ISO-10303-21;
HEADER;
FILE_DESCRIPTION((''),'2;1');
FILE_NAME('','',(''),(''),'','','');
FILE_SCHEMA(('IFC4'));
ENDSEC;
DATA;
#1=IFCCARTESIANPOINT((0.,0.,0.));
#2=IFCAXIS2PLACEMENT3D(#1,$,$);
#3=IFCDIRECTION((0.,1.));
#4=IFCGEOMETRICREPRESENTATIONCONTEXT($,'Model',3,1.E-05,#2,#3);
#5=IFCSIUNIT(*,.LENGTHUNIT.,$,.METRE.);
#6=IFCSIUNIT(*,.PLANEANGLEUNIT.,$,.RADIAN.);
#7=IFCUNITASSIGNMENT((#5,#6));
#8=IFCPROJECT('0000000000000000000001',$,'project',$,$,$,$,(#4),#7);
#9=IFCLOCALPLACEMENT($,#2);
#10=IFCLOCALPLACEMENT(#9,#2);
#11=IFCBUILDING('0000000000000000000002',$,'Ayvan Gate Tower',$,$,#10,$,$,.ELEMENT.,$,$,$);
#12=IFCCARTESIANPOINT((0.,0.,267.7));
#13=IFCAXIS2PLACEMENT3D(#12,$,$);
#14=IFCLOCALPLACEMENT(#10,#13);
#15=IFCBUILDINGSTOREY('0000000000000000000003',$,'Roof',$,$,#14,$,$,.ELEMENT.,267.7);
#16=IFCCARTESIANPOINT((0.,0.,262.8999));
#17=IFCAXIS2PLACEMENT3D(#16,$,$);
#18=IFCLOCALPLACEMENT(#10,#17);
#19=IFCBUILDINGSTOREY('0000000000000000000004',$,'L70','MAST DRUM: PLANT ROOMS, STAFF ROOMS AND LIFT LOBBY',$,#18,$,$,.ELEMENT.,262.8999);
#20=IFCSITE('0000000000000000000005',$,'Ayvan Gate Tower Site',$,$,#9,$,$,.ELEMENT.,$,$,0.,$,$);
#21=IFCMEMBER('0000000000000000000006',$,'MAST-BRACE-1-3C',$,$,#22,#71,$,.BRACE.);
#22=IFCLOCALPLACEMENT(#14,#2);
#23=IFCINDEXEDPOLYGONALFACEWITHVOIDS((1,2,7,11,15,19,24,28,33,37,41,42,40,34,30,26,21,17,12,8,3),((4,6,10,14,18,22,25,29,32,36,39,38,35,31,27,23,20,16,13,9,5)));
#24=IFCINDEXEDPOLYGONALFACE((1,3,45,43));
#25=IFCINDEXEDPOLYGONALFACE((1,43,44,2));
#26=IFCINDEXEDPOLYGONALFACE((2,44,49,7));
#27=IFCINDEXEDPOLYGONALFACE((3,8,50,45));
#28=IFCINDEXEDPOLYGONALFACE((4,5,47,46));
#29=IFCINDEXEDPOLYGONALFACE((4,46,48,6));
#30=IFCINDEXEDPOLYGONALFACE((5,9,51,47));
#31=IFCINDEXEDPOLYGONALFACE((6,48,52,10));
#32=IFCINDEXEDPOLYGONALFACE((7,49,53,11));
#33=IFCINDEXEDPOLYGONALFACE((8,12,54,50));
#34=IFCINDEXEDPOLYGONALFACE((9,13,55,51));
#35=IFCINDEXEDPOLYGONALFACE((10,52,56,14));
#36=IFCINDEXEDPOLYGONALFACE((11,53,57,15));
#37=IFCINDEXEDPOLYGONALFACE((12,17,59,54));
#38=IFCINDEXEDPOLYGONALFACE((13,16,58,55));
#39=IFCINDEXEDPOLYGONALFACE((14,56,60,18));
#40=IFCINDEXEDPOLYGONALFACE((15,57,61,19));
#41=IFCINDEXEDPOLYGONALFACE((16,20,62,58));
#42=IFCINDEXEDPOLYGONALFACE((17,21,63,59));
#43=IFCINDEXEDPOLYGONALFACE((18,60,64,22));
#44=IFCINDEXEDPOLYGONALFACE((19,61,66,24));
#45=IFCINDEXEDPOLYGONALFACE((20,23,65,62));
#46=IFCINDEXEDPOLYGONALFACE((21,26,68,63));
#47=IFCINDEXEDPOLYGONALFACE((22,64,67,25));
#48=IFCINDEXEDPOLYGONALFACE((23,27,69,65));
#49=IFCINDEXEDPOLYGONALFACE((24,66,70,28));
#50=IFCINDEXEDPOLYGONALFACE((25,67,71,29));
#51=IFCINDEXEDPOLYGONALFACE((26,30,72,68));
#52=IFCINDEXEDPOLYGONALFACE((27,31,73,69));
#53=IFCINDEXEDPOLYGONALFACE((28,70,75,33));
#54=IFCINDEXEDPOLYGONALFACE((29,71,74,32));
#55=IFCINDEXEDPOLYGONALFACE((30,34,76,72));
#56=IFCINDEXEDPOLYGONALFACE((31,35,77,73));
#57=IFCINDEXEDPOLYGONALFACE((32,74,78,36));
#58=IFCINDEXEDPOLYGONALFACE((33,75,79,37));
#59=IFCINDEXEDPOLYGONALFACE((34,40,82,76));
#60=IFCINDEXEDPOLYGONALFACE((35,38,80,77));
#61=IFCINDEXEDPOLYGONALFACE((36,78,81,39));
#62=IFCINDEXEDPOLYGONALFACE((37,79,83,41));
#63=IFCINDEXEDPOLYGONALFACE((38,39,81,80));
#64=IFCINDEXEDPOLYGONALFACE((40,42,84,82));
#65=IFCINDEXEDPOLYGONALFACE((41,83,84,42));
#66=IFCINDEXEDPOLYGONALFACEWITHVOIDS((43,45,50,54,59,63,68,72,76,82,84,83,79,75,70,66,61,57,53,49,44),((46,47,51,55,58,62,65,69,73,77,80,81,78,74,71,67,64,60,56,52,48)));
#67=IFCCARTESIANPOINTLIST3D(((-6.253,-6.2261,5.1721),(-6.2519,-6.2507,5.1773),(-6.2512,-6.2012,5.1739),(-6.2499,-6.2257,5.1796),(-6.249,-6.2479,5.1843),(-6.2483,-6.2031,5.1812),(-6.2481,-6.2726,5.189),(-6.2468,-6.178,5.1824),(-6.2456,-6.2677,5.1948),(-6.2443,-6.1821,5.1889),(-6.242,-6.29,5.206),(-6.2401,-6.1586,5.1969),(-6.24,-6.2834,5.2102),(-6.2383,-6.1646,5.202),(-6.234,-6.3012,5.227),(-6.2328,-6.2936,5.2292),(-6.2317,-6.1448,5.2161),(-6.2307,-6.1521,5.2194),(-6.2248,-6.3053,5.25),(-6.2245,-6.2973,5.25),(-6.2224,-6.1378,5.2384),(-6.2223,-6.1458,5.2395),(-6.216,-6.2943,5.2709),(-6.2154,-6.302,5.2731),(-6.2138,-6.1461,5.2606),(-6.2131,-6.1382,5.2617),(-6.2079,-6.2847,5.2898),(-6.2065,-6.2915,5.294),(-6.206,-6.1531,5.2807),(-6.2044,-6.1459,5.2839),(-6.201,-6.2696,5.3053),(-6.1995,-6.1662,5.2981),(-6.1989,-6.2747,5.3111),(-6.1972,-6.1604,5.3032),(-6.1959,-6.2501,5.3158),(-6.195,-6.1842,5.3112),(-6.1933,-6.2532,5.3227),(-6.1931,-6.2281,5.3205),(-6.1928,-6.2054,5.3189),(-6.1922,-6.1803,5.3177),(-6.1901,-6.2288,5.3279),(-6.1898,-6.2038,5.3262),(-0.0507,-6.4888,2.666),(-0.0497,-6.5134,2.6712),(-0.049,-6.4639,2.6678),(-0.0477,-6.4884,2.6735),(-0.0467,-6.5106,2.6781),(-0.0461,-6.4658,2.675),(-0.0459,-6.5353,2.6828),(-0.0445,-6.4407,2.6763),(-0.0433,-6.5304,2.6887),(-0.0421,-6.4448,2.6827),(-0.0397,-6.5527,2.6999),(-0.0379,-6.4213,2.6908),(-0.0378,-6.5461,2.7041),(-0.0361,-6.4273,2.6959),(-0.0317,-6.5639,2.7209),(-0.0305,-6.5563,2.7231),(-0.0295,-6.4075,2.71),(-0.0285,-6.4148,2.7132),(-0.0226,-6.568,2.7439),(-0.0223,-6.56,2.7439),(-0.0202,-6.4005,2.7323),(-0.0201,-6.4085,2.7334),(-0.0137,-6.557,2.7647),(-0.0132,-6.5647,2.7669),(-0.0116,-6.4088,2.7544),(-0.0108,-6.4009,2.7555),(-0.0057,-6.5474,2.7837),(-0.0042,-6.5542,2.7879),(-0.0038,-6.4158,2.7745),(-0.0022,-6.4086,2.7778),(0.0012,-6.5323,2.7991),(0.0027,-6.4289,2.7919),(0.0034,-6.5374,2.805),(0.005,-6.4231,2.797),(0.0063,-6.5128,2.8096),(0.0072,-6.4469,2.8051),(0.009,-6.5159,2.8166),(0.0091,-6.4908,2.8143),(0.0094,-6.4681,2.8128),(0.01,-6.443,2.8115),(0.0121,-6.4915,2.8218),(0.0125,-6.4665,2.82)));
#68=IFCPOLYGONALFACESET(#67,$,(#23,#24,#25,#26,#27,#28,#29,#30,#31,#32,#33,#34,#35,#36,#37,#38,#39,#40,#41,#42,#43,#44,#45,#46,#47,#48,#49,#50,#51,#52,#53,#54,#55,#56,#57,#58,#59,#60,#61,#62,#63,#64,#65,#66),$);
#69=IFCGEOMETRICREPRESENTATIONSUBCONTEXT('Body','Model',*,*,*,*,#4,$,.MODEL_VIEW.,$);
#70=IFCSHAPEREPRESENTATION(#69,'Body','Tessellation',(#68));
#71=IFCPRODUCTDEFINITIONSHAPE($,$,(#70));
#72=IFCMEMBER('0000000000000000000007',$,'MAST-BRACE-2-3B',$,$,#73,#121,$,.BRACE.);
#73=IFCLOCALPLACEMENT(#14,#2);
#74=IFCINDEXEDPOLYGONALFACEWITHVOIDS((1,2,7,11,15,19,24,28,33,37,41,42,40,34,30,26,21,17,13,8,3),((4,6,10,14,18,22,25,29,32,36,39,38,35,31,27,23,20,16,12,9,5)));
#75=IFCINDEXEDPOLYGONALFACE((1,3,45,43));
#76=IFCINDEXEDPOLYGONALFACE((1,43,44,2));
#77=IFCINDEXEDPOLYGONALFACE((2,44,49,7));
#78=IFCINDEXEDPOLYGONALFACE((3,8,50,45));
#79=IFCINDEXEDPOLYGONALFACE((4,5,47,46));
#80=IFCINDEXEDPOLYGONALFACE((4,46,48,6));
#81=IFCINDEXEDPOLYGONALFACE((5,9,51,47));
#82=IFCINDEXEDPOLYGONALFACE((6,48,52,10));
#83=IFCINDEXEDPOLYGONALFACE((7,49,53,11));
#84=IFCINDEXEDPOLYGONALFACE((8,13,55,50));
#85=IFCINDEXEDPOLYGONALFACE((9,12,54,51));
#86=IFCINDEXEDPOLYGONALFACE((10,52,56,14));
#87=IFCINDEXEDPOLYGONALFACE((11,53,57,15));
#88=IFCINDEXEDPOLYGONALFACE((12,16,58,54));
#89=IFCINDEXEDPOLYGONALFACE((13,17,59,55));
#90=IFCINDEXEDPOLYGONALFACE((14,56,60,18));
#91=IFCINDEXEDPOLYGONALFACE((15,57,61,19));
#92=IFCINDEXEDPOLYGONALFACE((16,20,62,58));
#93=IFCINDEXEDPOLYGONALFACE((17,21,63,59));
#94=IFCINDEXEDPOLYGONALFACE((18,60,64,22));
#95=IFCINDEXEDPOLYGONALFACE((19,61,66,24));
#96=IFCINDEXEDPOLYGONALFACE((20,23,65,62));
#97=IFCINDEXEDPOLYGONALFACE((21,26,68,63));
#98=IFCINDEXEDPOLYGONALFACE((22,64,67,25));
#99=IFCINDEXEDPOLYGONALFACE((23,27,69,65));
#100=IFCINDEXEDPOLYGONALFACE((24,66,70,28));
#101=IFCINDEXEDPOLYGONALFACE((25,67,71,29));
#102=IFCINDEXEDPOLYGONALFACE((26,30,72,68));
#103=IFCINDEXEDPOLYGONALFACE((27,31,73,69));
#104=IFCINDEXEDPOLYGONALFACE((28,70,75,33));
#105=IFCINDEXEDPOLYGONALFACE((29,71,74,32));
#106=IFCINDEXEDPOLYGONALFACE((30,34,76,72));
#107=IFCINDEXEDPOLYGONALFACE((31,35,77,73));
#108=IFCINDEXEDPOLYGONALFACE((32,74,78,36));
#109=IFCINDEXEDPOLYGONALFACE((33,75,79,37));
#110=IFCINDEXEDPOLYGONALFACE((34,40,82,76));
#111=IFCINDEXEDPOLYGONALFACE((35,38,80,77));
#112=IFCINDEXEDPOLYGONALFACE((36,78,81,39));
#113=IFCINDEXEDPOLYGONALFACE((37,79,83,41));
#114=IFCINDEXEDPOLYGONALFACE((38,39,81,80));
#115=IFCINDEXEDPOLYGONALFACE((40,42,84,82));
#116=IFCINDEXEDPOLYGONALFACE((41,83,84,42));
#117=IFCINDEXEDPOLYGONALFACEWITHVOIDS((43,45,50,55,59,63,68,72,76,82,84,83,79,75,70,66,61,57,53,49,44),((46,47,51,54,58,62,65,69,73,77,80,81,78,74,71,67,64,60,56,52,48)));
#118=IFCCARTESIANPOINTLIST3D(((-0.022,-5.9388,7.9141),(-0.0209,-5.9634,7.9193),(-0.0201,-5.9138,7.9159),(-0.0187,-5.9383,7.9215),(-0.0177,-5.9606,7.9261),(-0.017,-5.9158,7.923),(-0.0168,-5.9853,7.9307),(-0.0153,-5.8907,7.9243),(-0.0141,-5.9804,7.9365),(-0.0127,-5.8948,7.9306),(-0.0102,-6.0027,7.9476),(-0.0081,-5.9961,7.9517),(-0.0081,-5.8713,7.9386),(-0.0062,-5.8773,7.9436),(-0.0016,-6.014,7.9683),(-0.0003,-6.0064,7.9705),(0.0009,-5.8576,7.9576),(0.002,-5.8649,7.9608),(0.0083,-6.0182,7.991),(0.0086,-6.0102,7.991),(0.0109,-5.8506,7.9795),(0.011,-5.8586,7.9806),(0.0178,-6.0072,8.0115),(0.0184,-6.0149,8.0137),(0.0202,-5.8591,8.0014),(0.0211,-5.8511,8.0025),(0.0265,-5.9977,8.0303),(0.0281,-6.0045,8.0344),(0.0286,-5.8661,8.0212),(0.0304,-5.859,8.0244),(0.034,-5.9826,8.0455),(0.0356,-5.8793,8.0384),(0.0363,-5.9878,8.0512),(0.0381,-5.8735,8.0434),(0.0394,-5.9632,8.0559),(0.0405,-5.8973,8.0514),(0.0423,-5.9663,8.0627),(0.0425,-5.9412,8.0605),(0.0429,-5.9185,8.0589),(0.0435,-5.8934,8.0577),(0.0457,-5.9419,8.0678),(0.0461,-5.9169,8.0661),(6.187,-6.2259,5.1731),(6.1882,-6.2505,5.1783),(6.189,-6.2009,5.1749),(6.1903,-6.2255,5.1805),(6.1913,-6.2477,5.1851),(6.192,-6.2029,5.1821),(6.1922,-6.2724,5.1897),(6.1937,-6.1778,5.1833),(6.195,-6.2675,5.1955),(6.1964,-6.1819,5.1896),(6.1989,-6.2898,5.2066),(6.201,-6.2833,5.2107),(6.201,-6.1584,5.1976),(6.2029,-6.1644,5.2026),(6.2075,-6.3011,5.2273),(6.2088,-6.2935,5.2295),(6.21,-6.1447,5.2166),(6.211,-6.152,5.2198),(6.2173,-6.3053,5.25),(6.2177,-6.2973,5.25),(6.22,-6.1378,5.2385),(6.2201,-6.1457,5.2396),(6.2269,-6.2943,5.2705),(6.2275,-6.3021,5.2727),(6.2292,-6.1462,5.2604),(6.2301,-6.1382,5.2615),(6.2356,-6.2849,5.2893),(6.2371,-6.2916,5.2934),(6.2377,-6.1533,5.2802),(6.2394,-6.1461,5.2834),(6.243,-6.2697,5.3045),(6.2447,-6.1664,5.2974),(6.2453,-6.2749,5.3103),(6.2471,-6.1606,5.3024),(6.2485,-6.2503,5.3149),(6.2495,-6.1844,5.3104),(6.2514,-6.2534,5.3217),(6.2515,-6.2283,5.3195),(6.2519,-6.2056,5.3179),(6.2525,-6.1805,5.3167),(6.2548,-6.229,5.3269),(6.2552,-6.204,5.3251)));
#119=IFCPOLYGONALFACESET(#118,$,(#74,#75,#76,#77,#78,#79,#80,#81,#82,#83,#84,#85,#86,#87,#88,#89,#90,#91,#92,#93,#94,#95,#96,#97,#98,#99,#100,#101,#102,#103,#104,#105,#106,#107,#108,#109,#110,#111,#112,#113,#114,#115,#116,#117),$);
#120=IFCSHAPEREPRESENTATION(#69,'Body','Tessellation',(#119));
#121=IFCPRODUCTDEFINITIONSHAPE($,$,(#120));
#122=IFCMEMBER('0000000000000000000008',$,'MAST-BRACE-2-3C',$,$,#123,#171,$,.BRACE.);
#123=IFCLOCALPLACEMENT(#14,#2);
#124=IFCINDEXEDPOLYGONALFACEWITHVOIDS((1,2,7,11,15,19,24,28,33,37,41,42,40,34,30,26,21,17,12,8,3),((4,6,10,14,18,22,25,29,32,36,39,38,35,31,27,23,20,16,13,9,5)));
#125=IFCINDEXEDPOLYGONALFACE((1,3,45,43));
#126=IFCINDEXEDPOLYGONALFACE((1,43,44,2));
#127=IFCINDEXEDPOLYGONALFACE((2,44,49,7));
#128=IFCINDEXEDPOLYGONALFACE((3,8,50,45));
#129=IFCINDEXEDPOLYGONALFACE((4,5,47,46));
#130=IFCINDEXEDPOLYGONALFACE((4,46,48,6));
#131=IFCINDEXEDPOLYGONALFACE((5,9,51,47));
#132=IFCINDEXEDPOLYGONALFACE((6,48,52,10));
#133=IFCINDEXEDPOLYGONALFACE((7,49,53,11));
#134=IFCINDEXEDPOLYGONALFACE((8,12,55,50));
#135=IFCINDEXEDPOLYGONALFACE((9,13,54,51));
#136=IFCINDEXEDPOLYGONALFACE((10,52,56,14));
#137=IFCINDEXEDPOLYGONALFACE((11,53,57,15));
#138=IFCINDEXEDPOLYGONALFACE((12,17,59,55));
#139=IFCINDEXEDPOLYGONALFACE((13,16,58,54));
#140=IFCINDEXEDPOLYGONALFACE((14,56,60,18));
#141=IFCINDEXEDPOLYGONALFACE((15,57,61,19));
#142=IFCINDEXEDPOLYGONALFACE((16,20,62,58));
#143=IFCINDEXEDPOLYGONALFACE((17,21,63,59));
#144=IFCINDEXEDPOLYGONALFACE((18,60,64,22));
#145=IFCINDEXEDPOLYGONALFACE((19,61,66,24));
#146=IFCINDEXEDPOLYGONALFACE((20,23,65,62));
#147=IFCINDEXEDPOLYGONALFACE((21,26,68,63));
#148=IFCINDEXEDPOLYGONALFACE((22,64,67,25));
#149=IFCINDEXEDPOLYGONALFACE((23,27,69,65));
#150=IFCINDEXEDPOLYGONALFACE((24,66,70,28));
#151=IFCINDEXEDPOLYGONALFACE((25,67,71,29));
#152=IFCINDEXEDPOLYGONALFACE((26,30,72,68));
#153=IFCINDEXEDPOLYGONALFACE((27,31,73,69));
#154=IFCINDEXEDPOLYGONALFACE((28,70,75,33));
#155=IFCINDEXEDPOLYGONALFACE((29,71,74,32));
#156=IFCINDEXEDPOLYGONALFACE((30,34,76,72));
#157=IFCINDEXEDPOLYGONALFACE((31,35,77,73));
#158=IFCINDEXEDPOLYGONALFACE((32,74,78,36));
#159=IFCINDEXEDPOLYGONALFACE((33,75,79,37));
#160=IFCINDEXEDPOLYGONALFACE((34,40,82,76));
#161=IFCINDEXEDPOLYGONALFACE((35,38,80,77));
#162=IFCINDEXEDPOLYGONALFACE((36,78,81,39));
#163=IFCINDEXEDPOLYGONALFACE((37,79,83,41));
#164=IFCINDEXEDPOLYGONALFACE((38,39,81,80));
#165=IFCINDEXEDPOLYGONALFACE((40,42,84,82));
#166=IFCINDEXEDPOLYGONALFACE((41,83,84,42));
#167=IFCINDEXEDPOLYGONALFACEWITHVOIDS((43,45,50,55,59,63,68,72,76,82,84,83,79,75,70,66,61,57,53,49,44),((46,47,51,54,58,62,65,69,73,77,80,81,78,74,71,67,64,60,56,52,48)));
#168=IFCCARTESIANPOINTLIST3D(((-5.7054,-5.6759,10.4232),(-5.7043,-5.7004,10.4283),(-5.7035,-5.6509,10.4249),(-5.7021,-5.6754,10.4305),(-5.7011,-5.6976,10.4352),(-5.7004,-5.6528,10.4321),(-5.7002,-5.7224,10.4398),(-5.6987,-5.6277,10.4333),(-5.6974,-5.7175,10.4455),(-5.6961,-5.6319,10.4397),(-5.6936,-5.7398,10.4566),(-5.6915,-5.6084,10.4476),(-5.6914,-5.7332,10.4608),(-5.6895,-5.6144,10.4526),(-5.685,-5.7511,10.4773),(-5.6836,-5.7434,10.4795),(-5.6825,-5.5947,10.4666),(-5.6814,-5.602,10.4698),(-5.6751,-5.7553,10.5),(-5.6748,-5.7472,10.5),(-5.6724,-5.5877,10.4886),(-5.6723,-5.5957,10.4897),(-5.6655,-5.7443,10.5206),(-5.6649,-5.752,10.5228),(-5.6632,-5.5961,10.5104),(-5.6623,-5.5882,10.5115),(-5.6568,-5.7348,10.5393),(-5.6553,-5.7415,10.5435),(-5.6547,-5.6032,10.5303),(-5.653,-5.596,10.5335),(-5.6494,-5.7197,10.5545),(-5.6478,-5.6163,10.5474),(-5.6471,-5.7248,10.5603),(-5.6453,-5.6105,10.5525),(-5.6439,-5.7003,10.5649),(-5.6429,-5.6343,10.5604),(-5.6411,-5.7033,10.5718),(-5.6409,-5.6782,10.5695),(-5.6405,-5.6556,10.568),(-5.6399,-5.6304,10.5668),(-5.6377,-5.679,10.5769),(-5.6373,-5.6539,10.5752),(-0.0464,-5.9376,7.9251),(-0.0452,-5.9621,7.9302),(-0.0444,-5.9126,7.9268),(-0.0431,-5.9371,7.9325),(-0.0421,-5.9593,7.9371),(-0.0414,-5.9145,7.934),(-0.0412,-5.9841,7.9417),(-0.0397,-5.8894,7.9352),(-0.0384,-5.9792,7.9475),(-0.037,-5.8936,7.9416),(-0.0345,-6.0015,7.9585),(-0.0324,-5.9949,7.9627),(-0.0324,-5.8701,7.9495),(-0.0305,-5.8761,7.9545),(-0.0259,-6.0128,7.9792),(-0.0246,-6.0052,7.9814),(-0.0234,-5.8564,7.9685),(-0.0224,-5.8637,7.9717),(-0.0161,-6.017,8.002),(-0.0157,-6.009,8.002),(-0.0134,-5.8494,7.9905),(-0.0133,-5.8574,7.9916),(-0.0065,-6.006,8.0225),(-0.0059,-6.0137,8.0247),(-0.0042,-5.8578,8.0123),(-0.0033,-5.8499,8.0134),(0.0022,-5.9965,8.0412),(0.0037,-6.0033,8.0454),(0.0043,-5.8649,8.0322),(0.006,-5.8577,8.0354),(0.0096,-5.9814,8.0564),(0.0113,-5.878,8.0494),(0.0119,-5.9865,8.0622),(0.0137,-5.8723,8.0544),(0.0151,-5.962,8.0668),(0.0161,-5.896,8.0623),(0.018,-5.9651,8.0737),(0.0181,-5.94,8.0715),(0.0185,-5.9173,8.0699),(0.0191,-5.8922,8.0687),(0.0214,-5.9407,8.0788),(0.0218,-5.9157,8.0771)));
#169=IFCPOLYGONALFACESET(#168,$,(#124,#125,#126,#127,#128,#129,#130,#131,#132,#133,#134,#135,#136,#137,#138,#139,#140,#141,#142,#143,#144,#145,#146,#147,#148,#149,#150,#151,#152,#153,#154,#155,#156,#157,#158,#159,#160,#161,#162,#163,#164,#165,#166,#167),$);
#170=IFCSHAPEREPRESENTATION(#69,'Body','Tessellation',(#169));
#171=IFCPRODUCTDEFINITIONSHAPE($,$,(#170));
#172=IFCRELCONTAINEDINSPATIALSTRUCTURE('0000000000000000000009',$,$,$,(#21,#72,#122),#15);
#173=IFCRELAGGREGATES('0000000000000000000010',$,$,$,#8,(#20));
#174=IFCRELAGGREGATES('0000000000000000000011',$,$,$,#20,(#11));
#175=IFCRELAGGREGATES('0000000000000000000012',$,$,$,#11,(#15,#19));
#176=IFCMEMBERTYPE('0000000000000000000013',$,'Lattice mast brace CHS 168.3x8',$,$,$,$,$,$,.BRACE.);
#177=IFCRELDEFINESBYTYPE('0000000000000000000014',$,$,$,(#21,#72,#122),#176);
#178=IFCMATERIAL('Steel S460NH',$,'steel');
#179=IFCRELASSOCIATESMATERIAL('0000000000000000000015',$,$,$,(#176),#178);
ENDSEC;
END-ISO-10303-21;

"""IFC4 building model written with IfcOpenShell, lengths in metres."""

from ifc_helpers import new_model, si_unit, direction, frame, origin, origin_2d, place, context, subcontext, project, spatial, hollow_circle, extrude, material, material_profile, profile_set, type_object, element, save


model = new_model("IFC4")

# Units and contexts
model_context = context("Model", 3, precision=1e-05, world=origin(), true_north=direction((0.0, 1.0)))
body_context = subcontext(model_context, "Body", "Model", "MODEL_VIEW")
ifc_project = project(units=[si_unit("LENGTHUNIT", "METRE"), si_unit("PLANEANGLEUNIT", "RADIAN")], contexts=[model_context])

# Site, building, storey
site_placement = place(None, origin())
site = spatial("IfcSite", under=ifc_project, at=site_placement, Name="Ayvan Gate Tower Site", CompositionType="ELEMENT", RefElevation=0.0)
building_placement = place(site_placement, origin())
building = spatial("IfcBuilding", under=site, at=building_placement, Name="Ayvan Gate Tower", CompositionType="ELEMENT")
storey_1_placement = place(building_placement, frame((0.0, 0.0, 267.7)))
storey_1 = spatial("IfcBuildingStorey", under=building, at=storey_1_placement, Name="Roof", CompositionType="ELEMENT", Elevation=267.7)

# Members
ifc_material_1 = material(Name="Steel S460NH", Category="steel")
ifc_material_profile_1 = material_profile(ifc_material_1, hollow_circle(Radius=0.0842, WallThickness=0.0081, at=origin_2d()), Name="CHS 168.3x8")
ifc_profile_set_1 = profile_set([ifc_material_profile_1], Name="Steel S460NH")
member_type_1 = type_object("IfcMemberType", Name="Lattice mast brace CHS 168.3x8", PredefinedType="BRACE", material=ifc_profile_set_1)
member_1_placement = place(storey_1_placement, frame((-0.019, -6.4839, 2.7439), z_axis=(-0.926456, 0.039241, 0.374353), x_axis=(-0.042318, -0.999104, 0.0)))
element("IfcMember", 1, at=member_1_placement, inside=storey_1, type_object=member_type_1, Name="MAST-BRACE-1-3C", PredefinedType="BRACE", context=body_context, shape_type="SweptSolid", body=[
    extrude(hollow_circle(Radius=0.0842, WallThickness=0.0081, at=origin_2d()), origin(), (0.0, 0.0, 1.0), 6.6946),
])
member_2_placement = place(storey_1_placement, frame((6.2212, -6.2212, 5.25), z_axis=(-0.914007, 0.042265, 0.40349), x_axis=(-0.046192, -0.998933, 0.0)))
element("IfcMember", 2, at=member_2_placement, inside=storey_1, type_object=member_type_1, Name="MAST-BRACE-2-3B", PredefinedType="BRACE", context=body_context, shape_type="SweptSolid", body=[
    extrude(hollow_circle(Radius=0.0842, WallThickness=0.0081, at=origin_2d()), origin(), (0.0, 0.0, 1.0), 6.7932),
])
member_3_placement = place(storey_1_placement, frame((-0.0122, -5.9329, 8.002), z_axis=(-0.914013, 0.042272, 0.403476), x_axis=(-0.046199, -0.998932, 0.0)))
element("IfcMember", 3, at=member_3_placement, inside=storey_1, type_object=member_type_1, Name="MAST-BRACE-2-3C", PredefinedType="BRACE", context=body_context, shape_type="SweptSolid", body=[
    extrude(hollow_circle(Radius=0.0842, WallThickness=0.0081, at=origin_2d()), origin(), (0.0, 0.0, 1.0), 6.1914),
])

# Shared definitions
storey_2_placement = place(building_placement, frame((0.0, 0.0, 262.8999)))
storey_2 = spatial("IfcBuildingStorey", under=building, at=storey_2_placement, Name="L70", Description="MAST DRUM: PLANT ROOMS, STAFF ROOMS AND LIFT LOBBY", CompositionType="ELEMENT", Elevation=262.8999)

save(model, "model.ifc")
